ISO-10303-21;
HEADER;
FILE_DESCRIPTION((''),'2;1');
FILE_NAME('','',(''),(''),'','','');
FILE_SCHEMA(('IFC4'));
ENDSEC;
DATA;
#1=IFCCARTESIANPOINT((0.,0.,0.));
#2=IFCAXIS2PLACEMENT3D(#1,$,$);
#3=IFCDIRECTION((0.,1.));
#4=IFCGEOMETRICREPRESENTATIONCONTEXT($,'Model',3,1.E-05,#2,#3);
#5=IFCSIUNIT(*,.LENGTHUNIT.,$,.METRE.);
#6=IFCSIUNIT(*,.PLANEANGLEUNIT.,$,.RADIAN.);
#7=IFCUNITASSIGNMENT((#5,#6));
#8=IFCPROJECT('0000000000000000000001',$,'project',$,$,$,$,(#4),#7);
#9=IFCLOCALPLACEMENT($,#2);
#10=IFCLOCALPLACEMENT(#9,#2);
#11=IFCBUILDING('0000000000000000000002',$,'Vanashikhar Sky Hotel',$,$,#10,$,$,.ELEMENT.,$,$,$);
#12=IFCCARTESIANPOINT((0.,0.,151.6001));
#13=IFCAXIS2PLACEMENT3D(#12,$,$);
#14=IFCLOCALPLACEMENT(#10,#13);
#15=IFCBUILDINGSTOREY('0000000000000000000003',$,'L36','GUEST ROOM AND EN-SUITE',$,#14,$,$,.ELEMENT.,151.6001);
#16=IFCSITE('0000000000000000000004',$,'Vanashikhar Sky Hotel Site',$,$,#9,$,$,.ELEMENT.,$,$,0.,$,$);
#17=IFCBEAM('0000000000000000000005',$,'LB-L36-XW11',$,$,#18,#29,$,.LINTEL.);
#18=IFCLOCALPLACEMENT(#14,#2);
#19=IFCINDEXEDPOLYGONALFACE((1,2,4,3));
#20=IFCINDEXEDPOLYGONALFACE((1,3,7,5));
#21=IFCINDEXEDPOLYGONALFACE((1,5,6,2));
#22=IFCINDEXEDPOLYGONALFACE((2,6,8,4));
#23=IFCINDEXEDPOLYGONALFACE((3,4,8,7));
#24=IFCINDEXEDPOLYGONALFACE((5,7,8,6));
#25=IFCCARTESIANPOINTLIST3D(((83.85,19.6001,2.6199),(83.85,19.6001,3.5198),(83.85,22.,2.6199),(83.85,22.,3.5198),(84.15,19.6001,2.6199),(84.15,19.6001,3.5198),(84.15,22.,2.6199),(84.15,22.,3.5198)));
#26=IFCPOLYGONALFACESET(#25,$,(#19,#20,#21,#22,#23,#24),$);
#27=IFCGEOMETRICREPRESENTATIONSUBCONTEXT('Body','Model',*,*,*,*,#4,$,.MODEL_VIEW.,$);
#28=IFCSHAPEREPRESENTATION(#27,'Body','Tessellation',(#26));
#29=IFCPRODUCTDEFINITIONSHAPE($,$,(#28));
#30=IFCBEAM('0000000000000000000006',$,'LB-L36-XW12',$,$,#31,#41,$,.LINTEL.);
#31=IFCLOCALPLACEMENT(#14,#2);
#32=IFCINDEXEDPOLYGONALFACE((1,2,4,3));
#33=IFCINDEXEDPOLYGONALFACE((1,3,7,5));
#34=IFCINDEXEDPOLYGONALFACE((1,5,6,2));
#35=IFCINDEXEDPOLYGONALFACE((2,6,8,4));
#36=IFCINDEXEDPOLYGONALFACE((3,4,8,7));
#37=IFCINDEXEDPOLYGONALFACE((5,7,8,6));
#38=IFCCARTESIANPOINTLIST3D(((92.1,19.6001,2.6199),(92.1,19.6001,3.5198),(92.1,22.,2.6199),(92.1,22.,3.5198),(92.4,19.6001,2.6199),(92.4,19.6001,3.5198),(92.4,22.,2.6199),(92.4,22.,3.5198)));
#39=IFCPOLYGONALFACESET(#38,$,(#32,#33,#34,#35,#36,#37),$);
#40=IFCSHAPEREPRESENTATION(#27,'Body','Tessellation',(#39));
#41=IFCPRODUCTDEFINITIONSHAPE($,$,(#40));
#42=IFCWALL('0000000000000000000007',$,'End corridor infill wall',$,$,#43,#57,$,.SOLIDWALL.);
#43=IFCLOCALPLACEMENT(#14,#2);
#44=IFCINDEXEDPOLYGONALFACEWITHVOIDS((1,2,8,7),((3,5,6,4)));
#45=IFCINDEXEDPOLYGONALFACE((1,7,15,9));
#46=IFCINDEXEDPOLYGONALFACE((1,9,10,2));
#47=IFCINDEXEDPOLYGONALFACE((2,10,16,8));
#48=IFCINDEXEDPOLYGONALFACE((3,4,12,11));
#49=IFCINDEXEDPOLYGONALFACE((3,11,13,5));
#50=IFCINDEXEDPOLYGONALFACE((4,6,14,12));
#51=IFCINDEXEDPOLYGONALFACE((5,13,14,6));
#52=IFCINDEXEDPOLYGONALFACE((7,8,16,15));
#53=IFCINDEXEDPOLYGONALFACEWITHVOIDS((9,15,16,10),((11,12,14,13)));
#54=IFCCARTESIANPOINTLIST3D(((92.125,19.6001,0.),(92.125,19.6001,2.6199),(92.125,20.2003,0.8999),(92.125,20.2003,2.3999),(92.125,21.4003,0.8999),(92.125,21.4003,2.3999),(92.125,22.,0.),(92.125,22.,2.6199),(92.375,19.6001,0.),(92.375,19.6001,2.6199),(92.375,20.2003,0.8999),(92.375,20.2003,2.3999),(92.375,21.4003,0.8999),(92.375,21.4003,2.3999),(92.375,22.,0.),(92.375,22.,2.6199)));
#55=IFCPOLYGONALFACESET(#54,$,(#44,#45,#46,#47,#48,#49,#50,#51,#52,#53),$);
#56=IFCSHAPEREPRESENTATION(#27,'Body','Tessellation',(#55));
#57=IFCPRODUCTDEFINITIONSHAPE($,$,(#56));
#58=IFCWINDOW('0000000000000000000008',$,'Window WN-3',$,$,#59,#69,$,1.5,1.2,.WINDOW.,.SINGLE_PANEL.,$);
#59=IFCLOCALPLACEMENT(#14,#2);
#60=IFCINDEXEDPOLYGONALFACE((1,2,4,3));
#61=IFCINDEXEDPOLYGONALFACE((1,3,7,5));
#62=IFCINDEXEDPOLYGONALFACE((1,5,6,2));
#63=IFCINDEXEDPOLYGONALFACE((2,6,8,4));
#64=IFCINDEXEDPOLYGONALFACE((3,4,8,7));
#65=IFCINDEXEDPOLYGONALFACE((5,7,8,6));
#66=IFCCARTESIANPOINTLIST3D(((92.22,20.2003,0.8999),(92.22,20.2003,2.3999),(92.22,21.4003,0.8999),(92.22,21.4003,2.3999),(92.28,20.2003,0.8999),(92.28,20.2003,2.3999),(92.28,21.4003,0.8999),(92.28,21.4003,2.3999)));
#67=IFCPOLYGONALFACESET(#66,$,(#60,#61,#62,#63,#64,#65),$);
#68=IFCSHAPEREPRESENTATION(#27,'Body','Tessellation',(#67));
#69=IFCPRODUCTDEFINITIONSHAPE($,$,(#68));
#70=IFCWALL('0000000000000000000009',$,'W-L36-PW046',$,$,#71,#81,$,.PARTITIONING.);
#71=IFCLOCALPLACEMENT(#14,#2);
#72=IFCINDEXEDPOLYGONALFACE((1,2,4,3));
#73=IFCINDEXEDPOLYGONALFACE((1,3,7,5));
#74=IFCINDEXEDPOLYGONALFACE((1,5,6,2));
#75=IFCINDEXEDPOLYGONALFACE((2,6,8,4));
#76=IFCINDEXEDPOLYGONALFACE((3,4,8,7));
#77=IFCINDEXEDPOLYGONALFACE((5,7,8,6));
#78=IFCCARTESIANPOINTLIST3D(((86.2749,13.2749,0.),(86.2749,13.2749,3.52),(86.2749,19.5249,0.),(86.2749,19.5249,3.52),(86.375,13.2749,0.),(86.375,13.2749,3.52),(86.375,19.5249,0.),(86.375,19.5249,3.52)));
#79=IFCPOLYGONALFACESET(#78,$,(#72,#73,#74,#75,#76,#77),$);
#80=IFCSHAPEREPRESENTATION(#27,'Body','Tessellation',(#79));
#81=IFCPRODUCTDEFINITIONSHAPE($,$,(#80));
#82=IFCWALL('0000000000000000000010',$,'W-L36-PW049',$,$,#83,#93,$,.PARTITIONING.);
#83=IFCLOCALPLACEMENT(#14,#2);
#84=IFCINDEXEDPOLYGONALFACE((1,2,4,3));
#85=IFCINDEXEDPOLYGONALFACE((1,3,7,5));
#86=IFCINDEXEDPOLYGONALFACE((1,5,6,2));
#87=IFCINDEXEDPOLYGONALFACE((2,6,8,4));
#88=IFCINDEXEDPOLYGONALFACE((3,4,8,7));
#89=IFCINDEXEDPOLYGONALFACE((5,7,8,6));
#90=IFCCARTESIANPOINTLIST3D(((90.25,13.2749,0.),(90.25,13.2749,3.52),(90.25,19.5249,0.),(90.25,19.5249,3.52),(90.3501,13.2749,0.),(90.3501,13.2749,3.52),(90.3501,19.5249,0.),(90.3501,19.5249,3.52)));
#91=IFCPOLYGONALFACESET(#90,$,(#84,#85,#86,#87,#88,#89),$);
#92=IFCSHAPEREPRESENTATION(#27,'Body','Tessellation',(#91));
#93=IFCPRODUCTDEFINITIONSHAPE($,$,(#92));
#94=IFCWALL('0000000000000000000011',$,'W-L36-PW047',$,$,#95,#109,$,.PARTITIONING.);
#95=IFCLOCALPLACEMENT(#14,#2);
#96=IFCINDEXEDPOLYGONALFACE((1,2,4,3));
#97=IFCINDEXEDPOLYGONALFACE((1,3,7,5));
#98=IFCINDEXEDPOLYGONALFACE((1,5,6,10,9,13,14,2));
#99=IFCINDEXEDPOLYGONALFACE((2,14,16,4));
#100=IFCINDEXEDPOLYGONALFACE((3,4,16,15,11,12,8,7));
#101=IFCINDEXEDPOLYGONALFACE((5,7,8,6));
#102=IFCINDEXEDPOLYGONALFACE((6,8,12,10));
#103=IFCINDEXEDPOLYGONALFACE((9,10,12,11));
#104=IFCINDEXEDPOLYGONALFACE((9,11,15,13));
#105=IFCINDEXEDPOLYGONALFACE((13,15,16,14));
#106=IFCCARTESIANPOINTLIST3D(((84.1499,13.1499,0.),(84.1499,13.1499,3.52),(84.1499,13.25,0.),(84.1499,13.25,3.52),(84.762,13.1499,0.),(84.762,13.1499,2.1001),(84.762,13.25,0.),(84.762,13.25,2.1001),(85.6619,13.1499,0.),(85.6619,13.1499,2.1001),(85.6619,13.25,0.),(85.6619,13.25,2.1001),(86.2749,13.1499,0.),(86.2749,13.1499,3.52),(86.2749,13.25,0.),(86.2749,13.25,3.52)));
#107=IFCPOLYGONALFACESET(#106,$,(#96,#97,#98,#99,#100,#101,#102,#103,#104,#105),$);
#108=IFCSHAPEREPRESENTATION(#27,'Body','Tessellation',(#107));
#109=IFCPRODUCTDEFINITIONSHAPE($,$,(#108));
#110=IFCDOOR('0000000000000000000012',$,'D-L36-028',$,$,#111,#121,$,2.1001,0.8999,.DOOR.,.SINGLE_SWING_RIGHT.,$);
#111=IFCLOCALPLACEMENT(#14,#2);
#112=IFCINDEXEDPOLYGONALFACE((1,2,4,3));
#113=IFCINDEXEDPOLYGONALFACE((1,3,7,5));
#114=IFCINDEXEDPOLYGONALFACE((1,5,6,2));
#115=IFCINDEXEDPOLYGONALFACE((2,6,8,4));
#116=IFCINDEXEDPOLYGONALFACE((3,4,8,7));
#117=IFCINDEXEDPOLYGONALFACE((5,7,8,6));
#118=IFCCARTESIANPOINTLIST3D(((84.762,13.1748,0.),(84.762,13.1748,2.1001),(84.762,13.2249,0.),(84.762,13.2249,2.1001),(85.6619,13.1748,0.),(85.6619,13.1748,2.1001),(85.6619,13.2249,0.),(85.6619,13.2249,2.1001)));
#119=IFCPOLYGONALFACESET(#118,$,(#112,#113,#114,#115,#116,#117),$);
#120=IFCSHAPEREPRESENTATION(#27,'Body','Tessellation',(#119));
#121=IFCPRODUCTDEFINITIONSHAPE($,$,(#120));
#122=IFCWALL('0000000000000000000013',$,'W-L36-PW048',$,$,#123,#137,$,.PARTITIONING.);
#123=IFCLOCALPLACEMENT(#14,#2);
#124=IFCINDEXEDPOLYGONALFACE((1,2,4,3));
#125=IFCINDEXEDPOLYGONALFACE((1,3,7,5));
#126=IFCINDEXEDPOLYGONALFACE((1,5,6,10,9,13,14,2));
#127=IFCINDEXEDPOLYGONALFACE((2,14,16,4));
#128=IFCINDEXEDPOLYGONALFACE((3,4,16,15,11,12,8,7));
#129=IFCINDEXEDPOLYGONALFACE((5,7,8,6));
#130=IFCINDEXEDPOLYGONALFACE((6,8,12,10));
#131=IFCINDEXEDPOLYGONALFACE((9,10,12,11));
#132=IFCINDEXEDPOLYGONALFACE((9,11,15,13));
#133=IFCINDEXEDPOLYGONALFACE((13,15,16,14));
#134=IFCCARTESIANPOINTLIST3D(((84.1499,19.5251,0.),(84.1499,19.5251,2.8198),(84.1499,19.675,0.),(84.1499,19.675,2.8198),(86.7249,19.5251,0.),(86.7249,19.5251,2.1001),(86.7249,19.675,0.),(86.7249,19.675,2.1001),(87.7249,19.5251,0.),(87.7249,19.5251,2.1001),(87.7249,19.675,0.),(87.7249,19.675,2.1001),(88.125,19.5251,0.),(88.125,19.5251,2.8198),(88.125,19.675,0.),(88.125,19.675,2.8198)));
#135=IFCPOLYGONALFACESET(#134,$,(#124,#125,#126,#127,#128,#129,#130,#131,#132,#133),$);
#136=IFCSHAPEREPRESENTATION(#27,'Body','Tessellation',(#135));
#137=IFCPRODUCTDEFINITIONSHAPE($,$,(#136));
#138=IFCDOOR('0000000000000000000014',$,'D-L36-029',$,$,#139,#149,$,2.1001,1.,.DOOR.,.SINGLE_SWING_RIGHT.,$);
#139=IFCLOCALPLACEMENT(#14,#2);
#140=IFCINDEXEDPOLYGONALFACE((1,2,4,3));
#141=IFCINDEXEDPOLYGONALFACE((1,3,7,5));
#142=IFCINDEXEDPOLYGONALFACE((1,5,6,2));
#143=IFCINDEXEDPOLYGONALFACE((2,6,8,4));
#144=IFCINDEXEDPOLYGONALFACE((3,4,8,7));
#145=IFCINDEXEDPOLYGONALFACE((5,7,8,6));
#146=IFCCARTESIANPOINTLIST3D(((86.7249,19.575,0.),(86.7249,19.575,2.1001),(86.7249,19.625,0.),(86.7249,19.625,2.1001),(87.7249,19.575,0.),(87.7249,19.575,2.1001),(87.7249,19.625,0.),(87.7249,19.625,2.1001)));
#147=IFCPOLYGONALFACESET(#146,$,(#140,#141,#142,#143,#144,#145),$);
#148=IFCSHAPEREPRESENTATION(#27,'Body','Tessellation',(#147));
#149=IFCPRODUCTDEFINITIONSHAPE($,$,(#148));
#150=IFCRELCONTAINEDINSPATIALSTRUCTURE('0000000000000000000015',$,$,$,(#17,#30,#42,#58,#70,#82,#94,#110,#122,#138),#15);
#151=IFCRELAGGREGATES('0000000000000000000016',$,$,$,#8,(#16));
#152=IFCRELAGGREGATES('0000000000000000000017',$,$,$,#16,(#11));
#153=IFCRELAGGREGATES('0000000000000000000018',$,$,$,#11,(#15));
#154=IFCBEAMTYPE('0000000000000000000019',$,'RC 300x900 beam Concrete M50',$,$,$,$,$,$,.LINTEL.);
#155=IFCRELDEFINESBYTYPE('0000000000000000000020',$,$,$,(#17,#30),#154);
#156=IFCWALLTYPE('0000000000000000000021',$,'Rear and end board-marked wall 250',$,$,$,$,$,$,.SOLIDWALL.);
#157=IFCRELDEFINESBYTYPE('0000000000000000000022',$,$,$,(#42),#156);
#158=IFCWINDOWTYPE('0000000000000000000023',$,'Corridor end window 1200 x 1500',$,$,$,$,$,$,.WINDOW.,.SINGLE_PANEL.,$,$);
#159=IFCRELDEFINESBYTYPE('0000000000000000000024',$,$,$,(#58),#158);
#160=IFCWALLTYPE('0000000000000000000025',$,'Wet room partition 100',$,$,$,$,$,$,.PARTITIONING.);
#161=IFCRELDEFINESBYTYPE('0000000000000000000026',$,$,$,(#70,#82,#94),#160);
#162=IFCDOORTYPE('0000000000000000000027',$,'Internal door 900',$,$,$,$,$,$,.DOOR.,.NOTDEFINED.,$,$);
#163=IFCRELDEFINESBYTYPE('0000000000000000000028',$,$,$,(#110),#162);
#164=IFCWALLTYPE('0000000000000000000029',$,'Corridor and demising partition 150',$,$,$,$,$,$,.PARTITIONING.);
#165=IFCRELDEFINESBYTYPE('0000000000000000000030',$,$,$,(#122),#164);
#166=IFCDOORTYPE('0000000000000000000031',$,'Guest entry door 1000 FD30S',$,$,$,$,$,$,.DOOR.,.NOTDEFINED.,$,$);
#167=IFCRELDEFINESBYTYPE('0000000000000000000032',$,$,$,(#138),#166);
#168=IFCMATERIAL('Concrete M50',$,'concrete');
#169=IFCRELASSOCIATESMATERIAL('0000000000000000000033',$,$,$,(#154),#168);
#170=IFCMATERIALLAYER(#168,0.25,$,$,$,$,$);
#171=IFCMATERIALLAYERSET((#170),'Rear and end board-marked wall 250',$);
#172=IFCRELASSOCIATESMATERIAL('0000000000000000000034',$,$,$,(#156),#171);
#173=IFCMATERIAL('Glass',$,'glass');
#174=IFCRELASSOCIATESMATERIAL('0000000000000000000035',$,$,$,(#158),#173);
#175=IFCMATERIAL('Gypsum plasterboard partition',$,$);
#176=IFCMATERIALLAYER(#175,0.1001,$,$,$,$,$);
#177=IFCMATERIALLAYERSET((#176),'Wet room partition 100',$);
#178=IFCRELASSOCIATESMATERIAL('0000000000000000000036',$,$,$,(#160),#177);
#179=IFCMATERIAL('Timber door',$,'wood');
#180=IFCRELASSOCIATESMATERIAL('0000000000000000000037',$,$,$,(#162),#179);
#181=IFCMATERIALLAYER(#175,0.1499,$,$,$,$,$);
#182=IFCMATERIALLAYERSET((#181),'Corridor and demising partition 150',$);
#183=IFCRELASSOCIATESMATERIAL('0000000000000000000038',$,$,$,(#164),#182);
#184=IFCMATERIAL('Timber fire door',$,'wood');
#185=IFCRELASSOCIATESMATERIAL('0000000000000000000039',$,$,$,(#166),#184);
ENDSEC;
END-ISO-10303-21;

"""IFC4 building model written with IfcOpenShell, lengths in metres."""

from ifc_helpers import new_model, si_unit, direction, frame, frame_2d, origin, origin_2d, place, context, subcontext, project, spatial, rectangle, extrude, source, transform, mapped, material, layer, layer_set, material_profile, profile_set, type_object, element, fill, save


model = new_model("IFC4")

# Units and contexts
model_context = context("Model", 3, precision=1e-05, world=origin(), true_north=direction((0.0, 1.0)))
body_context = subcontext(model_context, "Body", "Model", "MODEL_VIEW")
ifc_project = project(units=[si_unit("LENGTHUNIT", "METRE"), si_unit("PLANEANGLEUNIT", "RADIAN")], contexts=[model_context])

# Site, building, storey
site_placement = place(None, origin())
site = spatial("IfcSite", under=ifc_project, at=site_placement, Name="Vanashikhar Sky Hotel Site", CompositionType="ELEMENT", RefElevation=0.0)
building_placement = place(site_placement, origin())
building = spatial("IfcBuilding", under=site, at=building_placement, Name="Vanashikhar Sky Hotel", CompositionType="ELEMENT")
storey_placement = place(building_placement, frame((0.0, 0.0, 151.6001)))
storey = spatial("IfcBuildingStorey", under=building, at=storey_placement, Name="L36", Description="GUEST ROOM AND EN-SUITE", CompositionType="ELEMENT", Elevation=151.6001)

# Beams
ifc_material_1 = material(Name="Concrete M50", Category="concrete")
ifc_material_profile = material_profile(ifc_material_1, rectangle(XDim=0.3, YDim=0.8999, at=origin_2d()))
ifc_profile_set = profile_set([ifc_material_profile], Name="RC 300x900 beam Concrete M50")
beam_type = type_object("IfcBeamType", Name="RC 300x900 beam Concrete M50", PredefinedType="LINTEL", material=ifc_profile_set)
shared_shape_1 = source(origin(), body_context, "Body", "SweptSolid", [
    extrude(rectangle(XDim=0.3, YDim=0.8999, at=origin_2d()), origin(), (0.0, 0.0, 1.0), 2.3999),
])
for number, where, z_axis, x_axis, name in (
    (1, (84.0, 19.6001, 3.0698), (0.0, 1.0, 0.0), (-1.0, 0.0, 0.0), "LB-L36-XW11"),
    (2, (92.25, 19.6001, 3.0698), (0.0, 1.0, 0.0), (-1.0, 0.0, 0.0), "LB-L36-XW12"),
):
    element("IfcBeam", number, at=place(storey_placement, frame(where, z_axis=z_axis, x_axis=x_axis)), inside=storey, type_object=beam_type, Name=name, PredefinedType="LINTEL", context=body_context, shape_type="MappedRepresentation", body=[
        mapped(shared_shape_1, transform((0.0, 0.0, 0.0), scale=1.0)),
    ])

# Wall, opening, window
ifc_layer_1 = layer(ifc_material_1, 0.25)
ifc_layer_set_1 = layer_set([ifc_layer_1], Name="Rear and end board-marked wall 250")
wall_type_1 = type_object("IfcWallType", Name="Rear and end board-marked wall 250", PredefinedType="SOLIDWALL", material=ifc_layer_set_1)
shared_shape_2 = source(origin(), body_context, "Body", "SweptSolid", [
    extrude(rectangle(XDim=2.3999, YDim=0.25, at=frame_2d((1.2, 0.0))), origin(), (0.0, 0.0, 1.0), 2.6199),
])
wall_1_placement = place(storey_placement, frame((92.25, 19.6001, 0.0), z_axis=(0.0, 0.0, 1.0), x_axis=(0.0, 1.0, 0.0)))
wall_1 = element("IfcWall", 3, at=wall_1_placement, inside=storey, type_object=wall_type_1, Name="End corridor infill wall", PredefinedType="SOLIDWALL", context=body_context, shape_type="MappedRepresentation", body=[
    mapped(shared_shape_2, transform((0.0, 0.0, 0.0), scale=1.0)),
])
shared_shape_3 = source(origin(), body_context, "Body", "SweptSolid", [
    extrude(rectangle(XDim=1.2, YDim=1.5, at=frame_2d((0.6001, 0.75))), frame((0.0, 0.135, 0.0), z_axis=(0.0, -1.0, 0.0), x_axis=(1.0, 0.0, 0.0)), (0.0, 0.0, 1.0), 0.27),
])
opening_1_placement = place(wall_1_placement, frame((0.6001, 0.0, 0.8999)))
opening_1 = element("IfcOpeningElement", 4, at=opening_1_placement, cuts=wall_1, PredefinedType="OPENING", context=body_context, shape_type="MappedRepresentation", body=[
    mapped(shared_shape_3, transform((0.0, 0.0, 0.0), scale=1.0)),
])
ifc_material_2 = material(Name="Glass", Category="glass")
window_type = type_object("IfcWindowType", Name="Corridor end window 1200 x 1500", PartitioningType="SINGLE_PANEL", PredefinedType="WINDOW", material=ifc_material_2)
shared_shape_4 = source(origin(), body_context, "Body", "SweptSolid", [
    extrude(rectangle(XDim=1.2, YDim=1.5, at=frame_2d((0.6001, 0.75))), frame((0.0, 0.03, 0.0), z_axis=(0.0, -1.0, 0.0), x_axis=(1.0, 0.0, 0.0)), (0.0, 0.0, 1.0), 0.0601),
])
window_placement = place(opening_1_placement, origin())
window = element("IfcWindow", 5, at=window_placement, inside=storey, type_object=window_type, Name="Window WN-3", OverallHeight=1.5, OverallWidth=1.2, PartitioningType="SINGLE_PANEL", PredefinedType="WINDOW", context=body_context, shape_type="MappedRepresentation", body=[
    mapped(shared_shape_4, transform((0.0, 0.0, 0.0), scale=1.0)),
])
fill(opening_1, window)

# Walls
ifc_material_3 = material(Name="Gypsum plasterboard partition")
ifc_layer_2 = layer(ifc_material_3, 0.1001)
ifc_layer_set_2 = layer_set([ifc_layer_2], Name="Wet room partition 100")
wall_type_2 = type_object("IfcWallType", Name="Wet room partition 100", PredefinedType="PARTITIONING", material=ifc_layer_set_2)
shared_shape_5 = source(origin(), body_context, "Body", "SweptSolid", [
    extrude(rectangle(XDim=6.25, YDim=0.1001, at=frame_2d((3.125, 0.0))), origin(), (0.0, 0.0, 1.0), 3.52),
])
for number, where, z_axis, x_axis, name in (
    (6, (86.325, 13.2749, 0.0), (0.0, 0.0, 1.0), (0.0, 1.0, 0.0), "W-L36-PW046"),
    (7, (90.3, 13.2749, 0.0), (0.0, 0.0, 1.0), (0.0, 1.0, 0.0), "W-L36-PW049"),
):
    element("IfcWall", number, at=place(storey_placement, frame(where, z_axis=z_axis, x_axis=x_axis)), inside=storey, type_object=wall_type_2, Name=name, PredefinedType="PARTITIONING", context=body_context, shape_type="MappedRepresentation", body=[
        mapped(shared_shape_5, transform((0.0, 0.0, 0.0), scale=1.0)),
    ])

# Walls, openings, doors
shared_shape_6 = source(origin(), body_context, "Body", "SweptSolid", [
    extrude(rectangle(XDim=2.125, YDim=0.1001, at=frame_2d((1.0625, 0.0))), origin(), (0.0, 0.0, 1.0), 3.52),
])
wall_2_placement = place(storey_placement, frame((84.1499, 13.2, 0.0), z_axis=(0.0, 0.0, 1.0), x_axis=(1.0, 0.0, 0.0)))
wall_2 = element("IfcWall", 8, at=wall_2_placement, inside=storey, type_object=wall_type_2, Name="W-L36-PW047", PredefinedType="PARTITIONING", context=body_context, shape_type="MappedRepresentation", body=[
    mapped(shared_shape_6, transform((0.0, 0.0, 0.0), scale=1.0)),
])
shared_shape_7 = source(origin(), body_context, "Body", "SweptSolid", [
    extrude(rectangle(XDim=0.8999, YDim=2.1001, at=frame_2d((0.45, 1.05))), frame((0.0, 0.0601, 0.0), z_axis=(0.0, -1.0, 0.0), x_axis=(1.0, 0.0, 0.0)), (0.0, 0.0, 1.0), 0.1201),
])
opening_2_placement = place(wall_2_placement, frame((0.6121, 0.0, 0.0)))
opening_2 = element("IfcOpeningElement", 9, at=opening_2_placement, cuts=wall_2, PredefinedType="OPENING", context=body_context, shape_type="MappedRepresentation", body=[
    mapped(shared_shape_7, transform((0.0, 0.0, 0.0), scale=1.0)),
])
ifc_material_4 = material(Name="Timber door", Category="wood")
door_type_1 = type_object("IfcDoorType", Name="Internal door 900", OperationType="NOTDEFINED", PredefinedType="DOOR", material=ifc_material_4)
shared_shape_8 = source(origin(), body_context, "Body", "SweptSolid", [
    extrude(rectangle(XDim=0.8999, YDim=2.1001, at=frame_2d((0.45, 1.05))), frame((0.0, 0.0249, 0.0), z_axis=(0.0, -1.0, 0.0), x_axis=(1.0, 0.0, 0.0)), (0.0, 0.0, 1.0), 0.05),
])
door_1_placement = place(opening_2_placement, origin())
door_1 = element("IfcDoor", 10, at=door_1_placement, inside=storey, type_object=door_type_1, Name="D-L36-028", OperationType="SINGLE_SWING_RIGHT", OverallHeight=2.1001, OverallWidth=0.8999, PredefinedType="DOOR", context=body_context, shape_type="MappedRepresentation", body=[
    mapped(shared_shape_8, transform((0.0, 0.0, 0.0), scale=1.0)),
])
fill(opening_2, door_1)
ifc_layer_3 = layer(ifc_material_3, 0.1499)
ifc_layer_set_3 = layer_set([ifc_layer_3], Name="Corridor and demising partition 150")
wall_type_3 = type_object("IfcWallType", Name="Corridor and demising partition 150", PredefinedType="PARTITIONING", material=ifc_layer_set_3)
shared_shape_9 = source(origin(), body_context, "Body", "SweptSolid", [
    extrude(rectangle(XDim=3.9751, YDim=0.1499, at=frame_2d((1.9875, 0.0))), origin(), (0.0, 0.0, 1.0), 2.8198),
])
wall_3_placement = place(storey_placement, frame((84.1499, 19.6001, 0.0), z_axis=(0.0, 0.0, 1.0), x_axis=(1.0, 0.0, 0.0)))
wall_3 = element("IfcWall", 11, at=wall_3_placement, inside=storey, type_object=wall_type_3, Name="W-L36-PW048", PredefinedType="PARTITIONING", context=body_context, shape_type="MappedRepresentation", body=[
    mapped(shared_shape_9, transform((0.0, 0.0, 0.0), scale=1.0)),
])
shared_shape_10 = source(origin(), body_context, "Body", "SweptSolid", [
    extrude(rectangle(XDim=1.0, YDim=2.1001, at=frame_2d((0.5, 1.05))), frame((0.0, 0.085, 0.0), z_axis=(0.0, -1.0, 0.0), x_axis=(1.0, 0.0, 0.0)), (0.0, 0.0, 1.0), 0.1699),
])
opening_3_placement = place(wall_3_placement, frame((2.575, 0.0, 0.0)))
opening_3 = element("IfcOpeningElement", 12, at=opening_3_placement, cuts=wall_3, PredefinedType="OPENING", context=body_context, shape_type="MappedRepresentation", body=[
    mapped(shared_shape_10, transform((0.0, 0.0, 0.0), scale=1.0)),
])
ifc_material_5 = material(Name="Timber fire door", Category="wood")
door_type_2 = type_object("IfcDoorType", Name="Guest entry door 1000 FD30S", OperationType="NOTDEFINED", PredefinedType="DOOR", material=ifc_material_5)
shared_shape_11 = source(origin(), body_context, "Body", "SweptSolid", [
    extrude(rectangle(XDim=1.0, YDim=2.1001, at=frame_2d((0.5, 1.05))), frame((0.0, 0.0249, 0.0), z_axis=(0.0, -1.0, 0.0), x_axis=(1.0, 0.0, 0.0)), (0.0, 0.0, 1.0), 0.05),
])
door_2_placement = place(opening_3_placement, origin())
door_2 = element("IfcDoor", 13, at=door_2_placement, inside=storey, type_object=door_type_2, Name="D-L36-029", OperationType="SINGLE_SWING_RIGHT", OverallHeight=2.1001, OverallWidth=1.0, PredefinedType="DOOR", context=body_context, shape_type="MappedRepresentation", body=[
    mapped(shared_shape_11, transform((0.0, 0.0, 0.0), scale=1.0)),
])
fill(opening_3, door_2)

save(model, "model.ifc")
